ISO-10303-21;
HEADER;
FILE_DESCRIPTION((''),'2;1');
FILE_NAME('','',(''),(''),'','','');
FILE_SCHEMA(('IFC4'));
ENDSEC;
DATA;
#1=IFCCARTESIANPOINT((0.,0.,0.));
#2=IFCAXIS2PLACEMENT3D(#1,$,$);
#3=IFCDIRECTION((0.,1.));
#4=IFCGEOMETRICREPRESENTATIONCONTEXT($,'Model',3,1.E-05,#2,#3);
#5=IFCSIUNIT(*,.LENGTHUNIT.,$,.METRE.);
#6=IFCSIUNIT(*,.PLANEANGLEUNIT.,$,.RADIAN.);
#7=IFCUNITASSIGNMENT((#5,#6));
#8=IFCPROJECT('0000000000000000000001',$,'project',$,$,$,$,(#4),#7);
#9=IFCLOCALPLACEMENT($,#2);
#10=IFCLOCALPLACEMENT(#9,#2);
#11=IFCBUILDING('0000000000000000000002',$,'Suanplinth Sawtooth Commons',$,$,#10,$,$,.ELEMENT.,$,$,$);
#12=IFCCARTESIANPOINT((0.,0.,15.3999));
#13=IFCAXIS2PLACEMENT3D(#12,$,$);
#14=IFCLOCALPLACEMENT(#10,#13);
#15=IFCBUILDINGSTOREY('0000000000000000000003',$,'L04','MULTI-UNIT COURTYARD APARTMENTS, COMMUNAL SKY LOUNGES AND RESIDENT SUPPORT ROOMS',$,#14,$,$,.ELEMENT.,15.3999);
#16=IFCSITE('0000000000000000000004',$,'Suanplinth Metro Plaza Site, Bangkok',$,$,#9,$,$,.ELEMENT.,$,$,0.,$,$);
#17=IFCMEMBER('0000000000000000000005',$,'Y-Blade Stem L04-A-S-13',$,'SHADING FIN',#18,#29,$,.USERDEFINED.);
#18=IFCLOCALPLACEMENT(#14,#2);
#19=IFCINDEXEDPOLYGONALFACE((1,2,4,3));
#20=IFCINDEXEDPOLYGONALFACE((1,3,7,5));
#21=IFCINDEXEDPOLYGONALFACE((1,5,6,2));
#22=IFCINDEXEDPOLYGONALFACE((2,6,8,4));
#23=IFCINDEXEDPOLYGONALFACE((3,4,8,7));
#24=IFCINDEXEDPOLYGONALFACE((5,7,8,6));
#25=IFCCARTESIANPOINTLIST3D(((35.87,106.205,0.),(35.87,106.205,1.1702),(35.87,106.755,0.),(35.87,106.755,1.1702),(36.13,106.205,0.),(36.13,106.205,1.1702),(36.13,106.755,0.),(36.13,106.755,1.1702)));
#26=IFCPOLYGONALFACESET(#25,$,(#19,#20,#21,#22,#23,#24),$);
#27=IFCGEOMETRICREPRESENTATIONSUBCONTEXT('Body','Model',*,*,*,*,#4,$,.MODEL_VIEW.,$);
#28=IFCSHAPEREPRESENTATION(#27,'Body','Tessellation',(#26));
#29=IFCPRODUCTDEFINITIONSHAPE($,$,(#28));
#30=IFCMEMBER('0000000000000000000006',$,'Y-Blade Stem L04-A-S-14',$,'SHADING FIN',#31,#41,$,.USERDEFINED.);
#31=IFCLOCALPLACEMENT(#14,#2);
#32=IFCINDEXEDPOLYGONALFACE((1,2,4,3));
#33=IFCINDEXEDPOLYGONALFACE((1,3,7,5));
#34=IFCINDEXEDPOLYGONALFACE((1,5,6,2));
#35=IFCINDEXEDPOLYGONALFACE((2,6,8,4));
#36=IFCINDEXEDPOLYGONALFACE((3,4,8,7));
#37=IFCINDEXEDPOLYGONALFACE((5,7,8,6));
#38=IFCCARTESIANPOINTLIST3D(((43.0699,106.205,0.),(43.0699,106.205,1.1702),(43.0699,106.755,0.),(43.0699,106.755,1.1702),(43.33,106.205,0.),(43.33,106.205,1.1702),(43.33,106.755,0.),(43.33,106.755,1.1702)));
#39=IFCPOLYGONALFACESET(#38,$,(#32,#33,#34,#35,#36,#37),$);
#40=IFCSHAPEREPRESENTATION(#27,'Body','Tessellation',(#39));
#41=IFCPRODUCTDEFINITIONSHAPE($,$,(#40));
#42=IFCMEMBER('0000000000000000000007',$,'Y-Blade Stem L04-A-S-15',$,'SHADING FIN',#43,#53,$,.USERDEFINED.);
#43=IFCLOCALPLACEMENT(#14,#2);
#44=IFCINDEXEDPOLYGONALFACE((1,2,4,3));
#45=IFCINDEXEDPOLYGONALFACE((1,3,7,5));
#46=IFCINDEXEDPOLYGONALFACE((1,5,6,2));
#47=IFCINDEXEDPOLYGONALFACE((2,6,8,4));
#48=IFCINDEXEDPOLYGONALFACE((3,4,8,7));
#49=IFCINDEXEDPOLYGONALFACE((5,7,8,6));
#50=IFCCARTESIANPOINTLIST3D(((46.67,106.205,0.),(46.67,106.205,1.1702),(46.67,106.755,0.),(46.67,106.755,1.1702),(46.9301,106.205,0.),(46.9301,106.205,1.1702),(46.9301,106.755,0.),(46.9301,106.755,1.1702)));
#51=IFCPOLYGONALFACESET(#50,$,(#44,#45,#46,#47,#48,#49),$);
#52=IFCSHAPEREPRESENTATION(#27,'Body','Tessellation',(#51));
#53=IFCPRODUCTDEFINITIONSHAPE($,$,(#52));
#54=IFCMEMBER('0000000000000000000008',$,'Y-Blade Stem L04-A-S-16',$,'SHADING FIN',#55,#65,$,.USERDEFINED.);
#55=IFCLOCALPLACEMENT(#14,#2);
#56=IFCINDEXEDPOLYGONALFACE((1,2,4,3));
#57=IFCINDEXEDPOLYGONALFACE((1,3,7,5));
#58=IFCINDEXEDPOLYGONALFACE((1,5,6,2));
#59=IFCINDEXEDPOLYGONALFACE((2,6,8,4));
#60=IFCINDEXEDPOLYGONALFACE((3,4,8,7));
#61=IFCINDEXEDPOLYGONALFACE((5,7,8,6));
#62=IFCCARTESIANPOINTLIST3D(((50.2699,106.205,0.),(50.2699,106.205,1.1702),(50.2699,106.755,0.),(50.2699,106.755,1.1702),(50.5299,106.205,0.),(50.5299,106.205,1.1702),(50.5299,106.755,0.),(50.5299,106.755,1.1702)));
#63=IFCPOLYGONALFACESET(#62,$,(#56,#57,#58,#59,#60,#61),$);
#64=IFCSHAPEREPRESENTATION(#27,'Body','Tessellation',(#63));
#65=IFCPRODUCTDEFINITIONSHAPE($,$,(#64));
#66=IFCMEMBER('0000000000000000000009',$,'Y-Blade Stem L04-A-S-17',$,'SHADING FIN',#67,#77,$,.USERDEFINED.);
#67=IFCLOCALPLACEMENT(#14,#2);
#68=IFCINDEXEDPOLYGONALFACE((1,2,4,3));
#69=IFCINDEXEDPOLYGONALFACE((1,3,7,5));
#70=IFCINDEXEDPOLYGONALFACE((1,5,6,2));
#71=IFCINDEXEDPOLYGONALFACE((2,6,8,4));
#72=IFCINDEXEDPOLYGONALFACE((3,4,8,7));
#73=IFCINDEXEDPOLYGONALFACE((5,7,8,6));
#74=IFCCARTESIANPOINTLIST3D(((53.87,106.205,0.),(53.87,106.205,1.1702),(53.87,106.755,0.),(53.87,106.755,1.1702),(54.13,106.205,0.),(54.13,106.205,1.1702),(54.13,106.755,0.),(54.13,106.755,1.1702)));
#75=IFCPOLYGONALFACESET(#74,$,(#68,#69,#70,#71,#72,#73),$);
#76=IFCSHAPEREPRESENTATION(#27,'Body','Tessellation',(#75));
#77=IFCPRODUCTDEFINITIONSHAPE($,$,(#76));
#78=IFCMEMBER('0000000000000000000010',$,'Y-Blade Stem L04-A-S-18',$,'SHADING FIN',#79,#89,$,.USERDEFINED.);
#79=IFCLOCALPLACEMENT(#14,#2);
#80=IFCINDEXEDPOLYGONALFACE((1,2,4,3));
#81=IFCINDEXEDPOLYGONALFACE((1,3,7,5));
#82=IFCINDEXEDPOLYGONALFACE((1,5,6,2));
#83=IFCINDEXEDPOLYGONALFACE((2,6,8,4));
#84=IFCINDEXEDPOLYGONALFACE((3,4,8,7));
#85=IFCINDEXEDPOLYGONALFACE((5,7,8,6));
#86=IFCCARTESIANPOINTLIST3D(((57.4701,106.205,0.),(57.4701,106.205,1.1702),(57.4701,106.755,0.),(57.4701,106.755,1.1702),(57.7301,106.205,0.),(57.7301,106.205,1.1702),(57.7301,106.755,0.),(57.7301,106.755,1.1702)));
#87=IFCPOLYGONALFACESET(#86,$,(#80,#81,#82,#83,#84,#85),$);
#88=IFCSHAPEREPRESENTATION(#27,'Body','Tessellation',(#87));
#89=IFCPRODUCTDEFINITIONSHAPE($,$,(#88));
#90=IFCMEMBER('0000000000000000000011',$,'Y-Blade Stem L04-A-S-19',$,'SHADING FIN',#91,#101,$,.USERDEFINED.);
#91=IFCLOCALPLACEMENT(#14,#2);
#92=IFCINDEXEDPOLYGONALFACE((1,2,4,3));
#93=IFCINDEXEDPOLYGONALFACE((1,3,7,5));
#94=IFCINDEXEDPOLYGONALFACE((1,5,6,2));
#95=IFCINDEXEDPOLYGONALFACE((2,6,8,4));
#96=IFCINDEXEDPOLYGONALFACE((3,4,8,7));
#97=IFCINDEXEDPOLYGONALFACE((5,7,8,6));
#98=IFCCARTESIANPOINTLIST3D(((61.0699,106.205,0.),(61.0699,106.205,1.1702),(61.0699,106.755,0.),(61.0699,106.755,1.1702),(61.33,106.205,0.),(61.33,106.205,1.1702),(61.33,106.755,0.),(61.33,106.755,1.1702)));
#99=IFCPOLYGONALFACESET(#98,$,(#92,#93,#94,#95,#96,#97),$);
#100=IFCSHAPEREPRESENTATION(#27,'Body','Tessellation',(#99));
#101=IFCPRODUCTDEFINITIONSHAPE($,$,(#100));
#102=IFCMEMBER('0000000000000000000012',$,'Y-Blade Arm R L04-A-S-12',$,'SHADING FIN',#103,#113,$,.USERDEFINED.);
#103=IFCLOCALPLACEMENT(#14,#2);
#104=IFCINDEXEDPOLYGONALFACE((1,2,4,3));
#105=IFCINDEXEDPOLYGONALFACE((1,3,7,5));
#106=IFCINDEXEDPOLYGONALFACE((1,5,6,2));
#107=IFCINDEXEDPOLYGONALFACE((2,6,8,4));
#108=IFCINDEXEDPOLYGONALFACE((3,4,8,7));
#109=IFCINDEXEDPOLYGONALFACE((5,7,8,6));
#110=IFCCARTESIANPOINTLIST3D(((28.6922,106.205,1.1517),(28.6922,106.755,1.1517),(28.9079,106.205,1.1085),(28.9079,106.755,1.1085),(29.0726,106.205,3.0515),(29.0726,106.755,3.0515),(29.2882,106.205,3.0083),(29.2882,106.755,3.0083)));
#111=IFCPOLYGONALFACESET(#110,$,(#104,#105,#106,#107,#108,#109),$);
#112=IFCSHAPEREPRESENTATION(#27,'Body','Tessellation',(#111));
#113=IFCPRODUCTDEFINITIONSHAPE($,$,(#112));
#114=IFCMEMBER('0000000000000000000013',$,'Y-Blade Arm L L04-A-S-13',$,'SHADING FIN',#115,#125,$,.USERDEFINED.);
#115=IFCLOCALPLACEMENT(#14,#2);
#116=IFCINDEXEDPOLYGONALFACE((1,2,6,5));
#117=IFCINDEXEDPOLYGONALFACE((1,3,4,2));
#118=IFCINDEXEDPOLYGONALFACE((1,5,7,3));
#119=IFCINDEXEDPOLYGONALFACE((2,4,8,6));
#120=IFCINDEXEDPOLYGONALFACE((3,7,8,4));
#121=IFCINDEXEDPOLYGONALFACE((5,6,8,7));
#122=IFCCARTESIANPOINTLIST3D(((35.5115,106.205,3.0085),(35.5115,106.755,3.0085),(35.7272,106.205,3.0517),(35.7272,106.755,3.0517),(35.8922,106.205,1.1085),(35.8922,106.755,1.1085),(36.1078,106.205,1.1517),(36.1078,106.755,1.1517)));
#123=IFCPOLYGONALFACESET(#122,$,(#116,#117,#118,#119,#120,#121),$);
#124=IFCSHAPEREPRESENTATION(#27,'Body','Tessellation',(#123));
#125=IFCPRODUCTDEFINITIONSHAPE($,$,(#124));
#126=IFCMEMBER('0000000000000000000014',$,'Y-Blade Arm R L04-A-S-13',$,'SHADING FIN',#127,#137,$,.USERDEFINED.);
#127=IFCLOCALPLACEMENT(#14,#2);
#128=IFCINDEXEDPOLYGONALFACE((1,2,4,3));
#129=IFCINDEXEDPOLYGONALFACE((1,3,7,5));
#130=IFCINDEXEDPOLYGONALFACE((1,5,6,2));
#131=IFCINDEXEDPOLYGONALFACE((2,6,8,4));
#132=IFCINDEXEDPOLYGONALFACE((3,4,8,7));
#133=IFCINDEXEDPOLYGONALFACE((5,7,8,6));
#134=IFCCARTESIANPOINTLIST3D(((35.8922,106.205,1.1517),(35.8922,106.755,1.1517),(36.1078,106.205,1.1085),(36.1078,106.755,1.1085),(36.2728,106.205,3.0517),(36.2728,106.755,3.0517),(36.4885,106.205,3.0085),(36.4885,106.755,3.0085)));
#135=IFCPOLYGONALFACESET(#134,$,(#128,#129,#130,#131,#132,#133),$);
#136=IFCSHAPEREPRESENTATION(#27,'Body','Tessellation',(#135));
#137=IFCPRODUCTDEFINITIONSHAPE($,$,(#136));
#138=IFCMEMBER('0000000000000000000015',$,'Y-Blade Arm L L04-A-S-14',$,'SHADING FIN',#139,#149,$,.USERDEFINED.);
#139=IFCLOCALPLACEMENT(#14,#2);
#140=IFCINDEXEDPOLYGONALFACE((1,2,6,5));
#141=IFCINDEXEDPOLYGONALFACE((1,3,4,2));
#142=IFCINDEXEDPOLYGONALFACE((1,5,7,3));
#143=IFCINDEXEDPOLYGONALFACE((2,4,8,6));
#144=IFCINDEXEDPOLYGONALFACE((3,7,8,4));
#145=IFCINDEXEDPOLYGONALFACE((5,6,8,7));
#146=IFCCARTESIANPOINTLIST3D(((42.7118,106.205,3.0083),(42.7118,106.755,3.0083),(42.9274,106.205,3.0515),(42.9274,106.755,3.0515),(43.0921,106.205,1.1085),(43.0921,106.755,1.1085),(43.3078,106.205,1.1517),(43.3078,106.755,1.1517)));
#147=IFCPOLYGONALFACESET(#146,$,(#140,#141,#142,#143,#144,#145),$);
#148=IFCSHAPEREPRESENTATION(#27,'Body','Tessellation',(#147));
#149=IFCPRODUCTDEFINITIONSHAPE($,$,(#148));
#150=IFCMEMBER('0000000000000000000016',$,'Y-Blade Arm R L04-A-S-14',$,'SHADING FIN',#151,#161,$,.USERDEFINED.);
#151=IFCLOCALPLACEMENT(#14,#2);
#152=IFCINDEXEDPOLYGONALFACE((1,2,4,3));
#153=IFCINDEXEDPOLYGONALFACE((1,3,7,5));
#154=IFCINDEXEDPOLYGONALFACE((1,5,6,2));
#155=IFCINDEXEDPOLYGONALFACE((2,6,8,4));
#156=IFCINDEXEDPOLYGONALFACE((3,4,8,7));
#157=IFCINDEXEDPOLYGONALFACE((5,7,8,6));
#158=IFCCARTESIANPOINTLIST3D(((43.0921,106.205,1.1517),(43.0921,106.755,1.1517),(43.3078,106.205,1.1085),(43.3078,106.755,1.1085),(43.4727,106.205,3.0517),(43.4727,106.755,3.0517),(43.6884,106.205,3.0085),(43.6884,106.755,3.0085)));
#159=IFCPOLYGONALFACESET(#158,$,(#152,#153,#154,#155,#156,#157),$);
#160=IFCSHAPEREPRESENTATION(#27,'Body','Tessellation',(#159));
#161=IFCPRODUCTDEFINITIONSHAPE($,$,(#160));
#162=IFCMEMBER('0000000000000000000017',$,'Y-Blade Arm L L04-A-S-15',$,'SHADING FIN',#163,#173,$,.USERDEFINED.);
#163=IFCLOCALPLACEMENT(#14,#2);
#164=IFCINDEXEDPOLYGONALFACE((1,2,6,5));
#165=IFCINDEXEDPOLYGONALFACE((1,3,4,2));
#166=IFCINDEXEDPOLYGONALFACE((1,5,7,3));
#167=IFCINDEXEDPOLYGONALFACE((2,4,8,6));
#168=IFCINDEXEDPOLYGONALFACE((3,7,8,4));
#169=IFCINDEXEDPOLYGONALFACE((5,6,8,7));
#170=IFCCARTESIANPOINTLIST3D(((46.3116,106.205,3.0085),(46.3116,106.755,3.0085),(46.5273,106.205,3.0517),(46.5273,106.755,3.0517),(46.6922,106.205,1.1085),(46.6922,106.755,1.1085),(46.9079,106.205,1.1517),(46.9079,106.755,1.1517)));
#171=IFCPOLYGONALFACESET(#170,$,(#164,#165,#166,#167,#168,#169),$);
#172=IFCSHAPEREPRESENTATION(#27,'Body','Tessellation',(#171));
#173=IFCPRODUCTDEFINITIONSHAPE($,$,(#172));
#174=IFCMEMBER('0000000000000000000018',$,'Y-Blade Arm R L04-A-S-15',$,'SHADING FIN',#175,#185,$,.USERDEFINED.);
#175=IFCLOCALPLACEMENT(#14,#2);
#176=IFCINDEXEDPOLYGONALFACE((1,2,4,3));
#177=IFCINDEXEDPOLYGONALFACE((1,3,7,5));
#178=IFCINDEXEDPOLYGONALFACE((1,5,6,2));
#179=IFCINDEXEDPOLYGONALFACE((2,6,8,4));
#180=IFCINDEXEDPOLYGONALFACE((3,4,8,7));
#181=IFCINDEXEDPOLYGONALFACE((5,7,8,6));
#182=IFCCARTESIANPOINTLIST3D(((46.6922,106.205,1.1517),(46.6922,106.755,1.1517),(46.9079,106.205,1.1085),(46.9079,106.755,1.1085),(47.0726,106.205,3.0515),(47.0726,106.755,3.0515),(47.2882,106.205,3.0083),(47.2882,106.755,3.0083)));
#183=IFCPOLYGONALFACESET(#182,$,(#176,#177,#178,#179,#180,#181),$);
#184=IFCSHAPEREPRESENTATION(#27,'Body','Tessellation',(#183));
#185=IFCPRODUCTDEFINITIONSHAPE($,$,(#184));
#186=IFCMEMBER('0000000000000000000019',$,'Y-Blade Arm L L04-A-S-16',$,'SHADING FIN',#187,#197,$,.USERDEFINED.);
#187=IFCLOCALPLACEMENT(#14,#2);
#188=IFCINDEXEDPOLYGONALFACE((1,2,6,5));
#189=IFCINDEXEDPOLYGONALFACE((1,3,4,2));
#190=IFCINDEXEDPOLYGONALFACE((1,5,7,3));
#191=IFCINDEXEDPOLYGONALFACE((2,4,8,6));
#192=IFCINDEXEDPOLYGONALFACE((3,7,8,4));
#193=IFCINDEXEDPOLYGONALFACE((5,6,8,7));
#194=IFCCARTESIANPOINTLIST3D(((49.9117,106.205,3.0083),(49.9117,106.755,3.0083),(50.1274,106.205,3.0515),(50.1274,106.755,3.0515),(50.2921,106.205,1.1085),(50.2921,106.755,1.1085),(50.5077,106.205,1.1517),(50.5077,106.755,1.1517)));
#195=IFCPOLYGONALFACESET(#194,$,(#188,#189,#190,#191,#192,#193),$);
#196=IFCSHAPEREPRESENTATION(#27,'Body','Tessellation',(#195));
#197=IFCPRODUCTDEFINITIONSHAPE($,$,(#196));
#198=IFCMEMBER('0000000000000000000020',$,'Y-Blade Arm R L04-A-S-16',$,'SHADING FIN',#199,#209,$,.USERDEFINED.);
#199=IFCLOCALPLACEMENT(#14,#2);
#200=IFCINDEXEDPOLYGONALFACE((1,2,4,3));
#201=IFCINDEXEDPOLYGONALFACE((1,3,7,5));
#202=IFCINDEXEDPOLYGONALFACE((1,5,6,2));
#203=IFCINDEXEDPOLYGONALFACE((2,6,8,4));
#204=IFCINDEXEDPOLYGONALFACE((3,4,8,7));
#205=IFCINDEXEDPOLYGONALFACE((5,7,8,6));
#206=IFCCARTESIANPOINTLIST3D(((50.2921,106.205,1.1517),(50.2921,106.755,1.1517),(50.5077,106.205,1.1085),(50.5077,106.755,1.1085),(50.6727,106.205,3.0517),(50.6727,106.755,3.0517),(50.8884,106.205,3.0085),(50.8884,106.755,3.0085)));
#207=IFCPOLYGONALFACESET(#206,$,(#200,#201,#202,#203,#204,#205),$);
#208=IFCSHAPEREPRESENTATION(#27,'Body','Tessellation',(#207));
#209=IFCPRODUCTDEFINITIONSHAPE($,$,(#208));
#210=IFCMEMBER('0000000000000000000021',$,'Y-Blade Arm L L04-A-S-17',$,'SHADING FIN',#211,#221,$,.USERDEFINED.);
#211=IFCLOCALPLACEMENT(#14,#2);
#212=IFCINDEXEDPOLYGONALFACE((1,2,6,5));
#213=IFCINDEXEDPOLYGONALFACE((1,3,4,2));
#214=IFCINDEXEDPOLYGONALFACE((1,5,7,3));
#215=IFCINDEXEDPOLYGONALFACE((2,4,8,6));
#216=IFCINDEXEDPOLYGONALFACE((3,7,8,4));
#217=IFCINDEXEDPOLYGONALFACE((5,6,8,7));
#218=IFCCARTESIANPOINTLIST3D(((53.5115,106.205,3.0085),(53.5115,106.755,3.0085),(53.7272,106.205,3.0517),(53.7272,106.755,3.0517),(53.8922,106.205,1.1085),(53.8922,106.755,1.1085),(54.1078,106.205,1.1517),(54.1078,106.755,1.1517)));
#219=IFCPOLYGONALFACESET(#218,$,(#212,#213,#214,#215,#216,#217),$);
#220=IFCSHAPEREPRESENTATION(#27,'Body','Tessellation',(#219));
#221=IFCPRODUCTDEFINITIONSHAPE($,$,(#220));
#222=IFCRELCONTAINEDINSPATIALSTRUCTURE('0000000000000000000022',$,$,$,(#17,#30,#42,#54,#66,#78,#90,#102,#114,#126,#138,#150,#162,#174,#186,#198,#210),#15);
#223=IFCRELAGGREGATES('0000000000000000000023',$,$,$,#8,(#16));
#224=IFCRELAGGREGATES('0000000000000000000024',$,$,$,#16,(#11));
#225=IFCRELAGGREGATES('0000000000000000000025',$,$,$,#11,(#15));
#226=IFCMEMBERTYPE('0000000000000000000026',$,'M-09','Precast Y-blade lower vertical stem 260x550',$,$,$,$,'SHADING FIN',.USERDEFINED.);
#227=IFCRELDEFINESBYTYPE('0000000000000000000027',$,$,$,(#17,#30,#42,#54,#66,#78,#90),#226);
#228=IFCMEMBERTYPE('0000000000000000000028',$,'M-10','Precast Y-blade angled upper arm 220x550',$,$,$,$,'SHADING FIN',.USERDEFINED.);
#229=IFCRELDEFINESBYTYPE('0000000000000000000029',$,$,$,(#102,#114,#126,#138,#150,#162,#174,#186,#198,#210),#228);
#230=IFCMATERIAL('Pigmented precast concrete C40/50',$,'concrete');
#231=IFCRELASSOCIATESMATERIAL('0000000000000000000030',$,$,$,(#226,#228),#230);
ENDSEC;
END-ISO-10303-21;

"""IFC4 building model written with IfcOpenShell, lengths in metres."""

from ifc_helpers import new_model, si_unit, direction, frame, origin, origin_2d, place, context, subcontext, project, spatial, rectangle, extrude, material, material_profile, profile_set, type_object, element, save


model = new_model("IFC4")

# Units and contexts
model_context = context("Model", 3, precision=1e-05, world=origin(), true_north=direction((0.0, 1.0)))
body_context = subcontext(model_context, "Body", "Model", "MODEL_VIEW")
ifc_project = project(units=[si_unit("LENGTHUNIT", "METRE"), si_unit("PLANEANGLEUNIT", "RADIAN")], contexts=[model_context])

# Site, building, storey
site_placement = place(None, origin())
site = spatial("IfcSite", under=ifc_project, at=site_placement, Name="Suanplinth Metro Plaza Site, Bangkok", CompositionType="ELEMENT", RefElevation=0.0)
building_placement = place(site_placement, origin())
building = spatial("IfcBuilding", under=site, at=building_placement, Name="Suanplinth Sawtooth Commons", CompositionType="ELEMENT")
storey_placement = place(building_placement, frame((0.0, 0.0, 15.3999)))
storey = spatial("IfcBuildingStorey", under=building, at=storey_placement, Name="L04", Description="MULTI-UNIT COURTYARD APARTMENTS, COMMUNAL SKY LOUNGES AND RESIDENT SUPPORT ROOMS", CompositionType="ELEMENT", Elevation=15.3999)

# Members
ifc_material = material(Name="Pigmented precast concrete C40/50", Category="concrete")
ifc_material_profile_1 = material_profile(ifc_material, rectangle(XDim=0.26, YDim=0.55, at=origin_2d()), Name="PC-FIN 260x550")
ifc_profile_set_1 = profile_set([ifc_material_profile_1], Name="Pigmented precast concrete C40/50")
member_type_1 = type_object("IfcMemberType", Name="M-09", Description="Precast Y-blade lower vertical stem 260x550", ElementType="SHADING FIN", PredefinedType="USERDEFINED", material=ifc_profile_set_1)
for number, where, z_axis, x_axis, name in (
    (1, (36.0, 106.48, 0.0), (0.0, 0.0, 1.0), (1.0, 0.0, 0.0), "Y-Blade Stem L04-A-S-13"),
    (2, (43.2, 106.48, 0.0), (0.0, 0.0, 1.0), (1.0, 0.0, 0.0), "Y-Blade Stem L04-A-S-14"),
    (3, (46.8, 106.48, 0.0), (0.0, 0.0, 1.0), (1.0, 0.0, 0.0), "Y-Blade Stem L04-A-S-15"),
    (4, (50.3999, 106.48, 0.0), (0.0, 0.0, 1.0), (1.0, 0.0, 0.0), "Y-Blade Stem L04-A-S-16"),
    (5, (54.0, 106.48, 0.0), (0.0, 0.0, 1.0), (1.0, 0.0, 0.0), "Y-Blade Stem L04-A-S-17"),
    (6, (57.6001, 106.48, 0.0), (0.0, 0.0, 1.0), (1.0, 0.0, 0.0), "Y-Blade Stem L04-A-S-18"),
    (7, (61.2, 106.48, 0.0), (0.0, 0.0, 1.0), (1.0, 0.0, 0.0), "Y-Blade Stem L04-A-S-19"),
):
    element("IfcMember", number, at=place(storey_placement, frame(where, z_axis=z_axis, x_axis=x_axis)), inside=storey, type_object=member_type_1, Name=name, ObjectType="SHADING FIN", PredefinedType="USERDEFINED", context=body_context, shape_type="SweptSolid", body=[
        extrude(rectangle(XDim=0.26, YDim=0.55, at=origin_2d()), origin(), (0.0, 0.0, 1.0), 1.1702),
    ])
ifc_material_profile_2 = material_profile(ifc_material, rectangle(XDim=0.22, YDim=0.55, at=origin_2d()), Name="PC-FIN 220x550")
ifc_profile_set_2 = profile_set([ifc_material_profile_2], Name="Pigmented precast concrete C40/50")
member_type_2 = type_object("IfcMemberType", Name="M-10", Description="Precast Y-blade angled upper arm 220x550", ElementType="SHADING FIN", PredefinedType="USERDEFINED", material=ifc_profile_set_2)
member_1_placement = place(storey_placement, frame((28.8, 106.48, 1.1301), z_axis=(0.19631, 0.0, 0.980542), x_axis=(-0.980542, 0.0, 0.19631)))
element("IfcMember", 8, at=member_1_placement, inside=storey, type_object=member_type_2, Name="Y-Blade Arm R L04-A-S-12", ObjectType="SHADING FIN", PredefinedType="USERDEFINED", context=body_context, shape_type="SweptSolid", body=[
    extrude(rectangle(XDim=0.22, YDim=0.55, at=origin_2d()), origin(), (0.0, 0.0, 1.0), 1.9375),
])
for number, where, z_axis, x_axis, name in (
    (9, (36.0, 106.48, 1.1301), (-0.196431, 0.0, 0.980518), (0.980518, 0.0, 0.196431), "Y-Blade Arm L L04-A-S-13"),
    (10, (36.0, 106.48, 1.1301), (0.196431, 0.0, 0.980518), (-0.980518, 0.0, 0.196431), "Y-Blade Arm R L04-A-S-13"),
):
    element("IfcMember", number, at=place(storey_placement, frame(where, z_axis=z_axis, x_axis=x_axis)), inside=storey, type_object=member_type_2, Name=name, ObjectType="SHADING FIN", PredefinedType="USERDEFINED", context=body_context, shape_type="SweptSolid", body=[
        extrude(rectangle(XDim=0.22, YDim=0.55, at=origin_2d()), origin(), (0.0, 0.0, 1.0), 1.9377),
    ])
member_2_placement = place(storey_placement, frame((43.2, 106.48, 1.1301), z_axis=(-0.19631, 0.0, 0.980542), x_axis=(0.980542, 0.0, 0.19631)))
element("IfcMember", 11, at=member_2_placement, inside=storey, type_object=member_type_2, Name="Y-Blade Arm L L04-A-S-14", ObjectType="SHADING FIN", PredefinedType="USERDEFINED", context=body_context, shape_type="SweptSolid", body=[
    extrude(rectangle(XDim=0.22, YDim=0.55, at=origin_2d()), origin(), (0.0, 0.0, 1.0), 1.9375),
])
for number, where, z_axis, x_axis, name in (
    (12, (43.2, 106.48, 1.1301), (0.196431, 0.0, 0.980518), (-0.980518, 0.0, 0.196431), "Y-Blade Arm R L04-A-S-14"),
    (13, (46.8, 106.48, 1.1301), (-0.196431, 0.0, 0.980518), (0.980518, 0.0, 0.196431), "Y-Blade Arm L L04-A-S-15"),
):
    element("IfcMember", number, at=place(storey_placement, frame(where, z_axis=z_axis, x_axis=x_axis)), inside=storey, type_object=member_type_2, Name=name, ObjectType="SHADING FIN", PredefinedType="USERDEFINED", context=body_context, shape_type="SweptSolid", body=[
        extrude(rectangle(XDim=0.22, YDim=0.55, at=origin_2d()), origin(), (0.0, 0.0, 1.0), 1.9377),
    ])
for number, where, z_axis, x_axis, name in (
    (14, (46.8, 106.48, 1.1301), (0.19631, 0.0, 0.980542), (-0.980542, 0.0, 0.19631), "Y-Blade Arm R L04-A-S-15"),
    (15, (50.3999, 106.48, 1.1301), (-0.19631, 0.0, 0.980542), (0.980542, 0.0, 0.19631), "Y-Blade Arm L L04-A-S-16"),
):
    element("IfcMember", number, at=place(storey_placement, frame(where, z_axis=z_axis, x_axis=x_axis)), inside=storey, type_object=member_type_2, Name=name, ObjectType="SHADING FIN", PredefinedType="USERDEFINED", context=body_context, shape_type="SweptSolid", body=[
        extrude(rectangle(XDim=0.22, YDim=0.55, at=origin_2d()), origin(), (0.0, 0.0, 1.0), 1.9375),
    ])
for number, where, z_axis, x_axis, name in (
    (16, (50.3999, 106.48, 1.1301), (0.196431, 0.0, 0.980518), (-0.980518, 0.0, 0.196431), "Y-Blade Arm R L04-A-S-16"),
    (17, (54.0, 106.48, 1.1301), (-0.196431, 0.0, 0.980518), (0.980518, 0.0, 0.196431), "Y-Blade Arm L L04-A-S-17"),
):
    element("IfcMember", number, at=place(storey_placement, frame(where, z_axis=z_axis, x_axis=x_axis)), inside=storey, type_object=member_type_2, Name=name, ObjectType="SHADING FIN", PredefinedType="USERDEFINED", context=body_context, shape_type="SweptSolid", body=[
        extrude(rectangle(XDim=0.22, YDim=0.55, at=origin_2d()), origin(), (0.0, 0.0, 1.0), 1.9377),
    ])

save(model, "model.ifc")
